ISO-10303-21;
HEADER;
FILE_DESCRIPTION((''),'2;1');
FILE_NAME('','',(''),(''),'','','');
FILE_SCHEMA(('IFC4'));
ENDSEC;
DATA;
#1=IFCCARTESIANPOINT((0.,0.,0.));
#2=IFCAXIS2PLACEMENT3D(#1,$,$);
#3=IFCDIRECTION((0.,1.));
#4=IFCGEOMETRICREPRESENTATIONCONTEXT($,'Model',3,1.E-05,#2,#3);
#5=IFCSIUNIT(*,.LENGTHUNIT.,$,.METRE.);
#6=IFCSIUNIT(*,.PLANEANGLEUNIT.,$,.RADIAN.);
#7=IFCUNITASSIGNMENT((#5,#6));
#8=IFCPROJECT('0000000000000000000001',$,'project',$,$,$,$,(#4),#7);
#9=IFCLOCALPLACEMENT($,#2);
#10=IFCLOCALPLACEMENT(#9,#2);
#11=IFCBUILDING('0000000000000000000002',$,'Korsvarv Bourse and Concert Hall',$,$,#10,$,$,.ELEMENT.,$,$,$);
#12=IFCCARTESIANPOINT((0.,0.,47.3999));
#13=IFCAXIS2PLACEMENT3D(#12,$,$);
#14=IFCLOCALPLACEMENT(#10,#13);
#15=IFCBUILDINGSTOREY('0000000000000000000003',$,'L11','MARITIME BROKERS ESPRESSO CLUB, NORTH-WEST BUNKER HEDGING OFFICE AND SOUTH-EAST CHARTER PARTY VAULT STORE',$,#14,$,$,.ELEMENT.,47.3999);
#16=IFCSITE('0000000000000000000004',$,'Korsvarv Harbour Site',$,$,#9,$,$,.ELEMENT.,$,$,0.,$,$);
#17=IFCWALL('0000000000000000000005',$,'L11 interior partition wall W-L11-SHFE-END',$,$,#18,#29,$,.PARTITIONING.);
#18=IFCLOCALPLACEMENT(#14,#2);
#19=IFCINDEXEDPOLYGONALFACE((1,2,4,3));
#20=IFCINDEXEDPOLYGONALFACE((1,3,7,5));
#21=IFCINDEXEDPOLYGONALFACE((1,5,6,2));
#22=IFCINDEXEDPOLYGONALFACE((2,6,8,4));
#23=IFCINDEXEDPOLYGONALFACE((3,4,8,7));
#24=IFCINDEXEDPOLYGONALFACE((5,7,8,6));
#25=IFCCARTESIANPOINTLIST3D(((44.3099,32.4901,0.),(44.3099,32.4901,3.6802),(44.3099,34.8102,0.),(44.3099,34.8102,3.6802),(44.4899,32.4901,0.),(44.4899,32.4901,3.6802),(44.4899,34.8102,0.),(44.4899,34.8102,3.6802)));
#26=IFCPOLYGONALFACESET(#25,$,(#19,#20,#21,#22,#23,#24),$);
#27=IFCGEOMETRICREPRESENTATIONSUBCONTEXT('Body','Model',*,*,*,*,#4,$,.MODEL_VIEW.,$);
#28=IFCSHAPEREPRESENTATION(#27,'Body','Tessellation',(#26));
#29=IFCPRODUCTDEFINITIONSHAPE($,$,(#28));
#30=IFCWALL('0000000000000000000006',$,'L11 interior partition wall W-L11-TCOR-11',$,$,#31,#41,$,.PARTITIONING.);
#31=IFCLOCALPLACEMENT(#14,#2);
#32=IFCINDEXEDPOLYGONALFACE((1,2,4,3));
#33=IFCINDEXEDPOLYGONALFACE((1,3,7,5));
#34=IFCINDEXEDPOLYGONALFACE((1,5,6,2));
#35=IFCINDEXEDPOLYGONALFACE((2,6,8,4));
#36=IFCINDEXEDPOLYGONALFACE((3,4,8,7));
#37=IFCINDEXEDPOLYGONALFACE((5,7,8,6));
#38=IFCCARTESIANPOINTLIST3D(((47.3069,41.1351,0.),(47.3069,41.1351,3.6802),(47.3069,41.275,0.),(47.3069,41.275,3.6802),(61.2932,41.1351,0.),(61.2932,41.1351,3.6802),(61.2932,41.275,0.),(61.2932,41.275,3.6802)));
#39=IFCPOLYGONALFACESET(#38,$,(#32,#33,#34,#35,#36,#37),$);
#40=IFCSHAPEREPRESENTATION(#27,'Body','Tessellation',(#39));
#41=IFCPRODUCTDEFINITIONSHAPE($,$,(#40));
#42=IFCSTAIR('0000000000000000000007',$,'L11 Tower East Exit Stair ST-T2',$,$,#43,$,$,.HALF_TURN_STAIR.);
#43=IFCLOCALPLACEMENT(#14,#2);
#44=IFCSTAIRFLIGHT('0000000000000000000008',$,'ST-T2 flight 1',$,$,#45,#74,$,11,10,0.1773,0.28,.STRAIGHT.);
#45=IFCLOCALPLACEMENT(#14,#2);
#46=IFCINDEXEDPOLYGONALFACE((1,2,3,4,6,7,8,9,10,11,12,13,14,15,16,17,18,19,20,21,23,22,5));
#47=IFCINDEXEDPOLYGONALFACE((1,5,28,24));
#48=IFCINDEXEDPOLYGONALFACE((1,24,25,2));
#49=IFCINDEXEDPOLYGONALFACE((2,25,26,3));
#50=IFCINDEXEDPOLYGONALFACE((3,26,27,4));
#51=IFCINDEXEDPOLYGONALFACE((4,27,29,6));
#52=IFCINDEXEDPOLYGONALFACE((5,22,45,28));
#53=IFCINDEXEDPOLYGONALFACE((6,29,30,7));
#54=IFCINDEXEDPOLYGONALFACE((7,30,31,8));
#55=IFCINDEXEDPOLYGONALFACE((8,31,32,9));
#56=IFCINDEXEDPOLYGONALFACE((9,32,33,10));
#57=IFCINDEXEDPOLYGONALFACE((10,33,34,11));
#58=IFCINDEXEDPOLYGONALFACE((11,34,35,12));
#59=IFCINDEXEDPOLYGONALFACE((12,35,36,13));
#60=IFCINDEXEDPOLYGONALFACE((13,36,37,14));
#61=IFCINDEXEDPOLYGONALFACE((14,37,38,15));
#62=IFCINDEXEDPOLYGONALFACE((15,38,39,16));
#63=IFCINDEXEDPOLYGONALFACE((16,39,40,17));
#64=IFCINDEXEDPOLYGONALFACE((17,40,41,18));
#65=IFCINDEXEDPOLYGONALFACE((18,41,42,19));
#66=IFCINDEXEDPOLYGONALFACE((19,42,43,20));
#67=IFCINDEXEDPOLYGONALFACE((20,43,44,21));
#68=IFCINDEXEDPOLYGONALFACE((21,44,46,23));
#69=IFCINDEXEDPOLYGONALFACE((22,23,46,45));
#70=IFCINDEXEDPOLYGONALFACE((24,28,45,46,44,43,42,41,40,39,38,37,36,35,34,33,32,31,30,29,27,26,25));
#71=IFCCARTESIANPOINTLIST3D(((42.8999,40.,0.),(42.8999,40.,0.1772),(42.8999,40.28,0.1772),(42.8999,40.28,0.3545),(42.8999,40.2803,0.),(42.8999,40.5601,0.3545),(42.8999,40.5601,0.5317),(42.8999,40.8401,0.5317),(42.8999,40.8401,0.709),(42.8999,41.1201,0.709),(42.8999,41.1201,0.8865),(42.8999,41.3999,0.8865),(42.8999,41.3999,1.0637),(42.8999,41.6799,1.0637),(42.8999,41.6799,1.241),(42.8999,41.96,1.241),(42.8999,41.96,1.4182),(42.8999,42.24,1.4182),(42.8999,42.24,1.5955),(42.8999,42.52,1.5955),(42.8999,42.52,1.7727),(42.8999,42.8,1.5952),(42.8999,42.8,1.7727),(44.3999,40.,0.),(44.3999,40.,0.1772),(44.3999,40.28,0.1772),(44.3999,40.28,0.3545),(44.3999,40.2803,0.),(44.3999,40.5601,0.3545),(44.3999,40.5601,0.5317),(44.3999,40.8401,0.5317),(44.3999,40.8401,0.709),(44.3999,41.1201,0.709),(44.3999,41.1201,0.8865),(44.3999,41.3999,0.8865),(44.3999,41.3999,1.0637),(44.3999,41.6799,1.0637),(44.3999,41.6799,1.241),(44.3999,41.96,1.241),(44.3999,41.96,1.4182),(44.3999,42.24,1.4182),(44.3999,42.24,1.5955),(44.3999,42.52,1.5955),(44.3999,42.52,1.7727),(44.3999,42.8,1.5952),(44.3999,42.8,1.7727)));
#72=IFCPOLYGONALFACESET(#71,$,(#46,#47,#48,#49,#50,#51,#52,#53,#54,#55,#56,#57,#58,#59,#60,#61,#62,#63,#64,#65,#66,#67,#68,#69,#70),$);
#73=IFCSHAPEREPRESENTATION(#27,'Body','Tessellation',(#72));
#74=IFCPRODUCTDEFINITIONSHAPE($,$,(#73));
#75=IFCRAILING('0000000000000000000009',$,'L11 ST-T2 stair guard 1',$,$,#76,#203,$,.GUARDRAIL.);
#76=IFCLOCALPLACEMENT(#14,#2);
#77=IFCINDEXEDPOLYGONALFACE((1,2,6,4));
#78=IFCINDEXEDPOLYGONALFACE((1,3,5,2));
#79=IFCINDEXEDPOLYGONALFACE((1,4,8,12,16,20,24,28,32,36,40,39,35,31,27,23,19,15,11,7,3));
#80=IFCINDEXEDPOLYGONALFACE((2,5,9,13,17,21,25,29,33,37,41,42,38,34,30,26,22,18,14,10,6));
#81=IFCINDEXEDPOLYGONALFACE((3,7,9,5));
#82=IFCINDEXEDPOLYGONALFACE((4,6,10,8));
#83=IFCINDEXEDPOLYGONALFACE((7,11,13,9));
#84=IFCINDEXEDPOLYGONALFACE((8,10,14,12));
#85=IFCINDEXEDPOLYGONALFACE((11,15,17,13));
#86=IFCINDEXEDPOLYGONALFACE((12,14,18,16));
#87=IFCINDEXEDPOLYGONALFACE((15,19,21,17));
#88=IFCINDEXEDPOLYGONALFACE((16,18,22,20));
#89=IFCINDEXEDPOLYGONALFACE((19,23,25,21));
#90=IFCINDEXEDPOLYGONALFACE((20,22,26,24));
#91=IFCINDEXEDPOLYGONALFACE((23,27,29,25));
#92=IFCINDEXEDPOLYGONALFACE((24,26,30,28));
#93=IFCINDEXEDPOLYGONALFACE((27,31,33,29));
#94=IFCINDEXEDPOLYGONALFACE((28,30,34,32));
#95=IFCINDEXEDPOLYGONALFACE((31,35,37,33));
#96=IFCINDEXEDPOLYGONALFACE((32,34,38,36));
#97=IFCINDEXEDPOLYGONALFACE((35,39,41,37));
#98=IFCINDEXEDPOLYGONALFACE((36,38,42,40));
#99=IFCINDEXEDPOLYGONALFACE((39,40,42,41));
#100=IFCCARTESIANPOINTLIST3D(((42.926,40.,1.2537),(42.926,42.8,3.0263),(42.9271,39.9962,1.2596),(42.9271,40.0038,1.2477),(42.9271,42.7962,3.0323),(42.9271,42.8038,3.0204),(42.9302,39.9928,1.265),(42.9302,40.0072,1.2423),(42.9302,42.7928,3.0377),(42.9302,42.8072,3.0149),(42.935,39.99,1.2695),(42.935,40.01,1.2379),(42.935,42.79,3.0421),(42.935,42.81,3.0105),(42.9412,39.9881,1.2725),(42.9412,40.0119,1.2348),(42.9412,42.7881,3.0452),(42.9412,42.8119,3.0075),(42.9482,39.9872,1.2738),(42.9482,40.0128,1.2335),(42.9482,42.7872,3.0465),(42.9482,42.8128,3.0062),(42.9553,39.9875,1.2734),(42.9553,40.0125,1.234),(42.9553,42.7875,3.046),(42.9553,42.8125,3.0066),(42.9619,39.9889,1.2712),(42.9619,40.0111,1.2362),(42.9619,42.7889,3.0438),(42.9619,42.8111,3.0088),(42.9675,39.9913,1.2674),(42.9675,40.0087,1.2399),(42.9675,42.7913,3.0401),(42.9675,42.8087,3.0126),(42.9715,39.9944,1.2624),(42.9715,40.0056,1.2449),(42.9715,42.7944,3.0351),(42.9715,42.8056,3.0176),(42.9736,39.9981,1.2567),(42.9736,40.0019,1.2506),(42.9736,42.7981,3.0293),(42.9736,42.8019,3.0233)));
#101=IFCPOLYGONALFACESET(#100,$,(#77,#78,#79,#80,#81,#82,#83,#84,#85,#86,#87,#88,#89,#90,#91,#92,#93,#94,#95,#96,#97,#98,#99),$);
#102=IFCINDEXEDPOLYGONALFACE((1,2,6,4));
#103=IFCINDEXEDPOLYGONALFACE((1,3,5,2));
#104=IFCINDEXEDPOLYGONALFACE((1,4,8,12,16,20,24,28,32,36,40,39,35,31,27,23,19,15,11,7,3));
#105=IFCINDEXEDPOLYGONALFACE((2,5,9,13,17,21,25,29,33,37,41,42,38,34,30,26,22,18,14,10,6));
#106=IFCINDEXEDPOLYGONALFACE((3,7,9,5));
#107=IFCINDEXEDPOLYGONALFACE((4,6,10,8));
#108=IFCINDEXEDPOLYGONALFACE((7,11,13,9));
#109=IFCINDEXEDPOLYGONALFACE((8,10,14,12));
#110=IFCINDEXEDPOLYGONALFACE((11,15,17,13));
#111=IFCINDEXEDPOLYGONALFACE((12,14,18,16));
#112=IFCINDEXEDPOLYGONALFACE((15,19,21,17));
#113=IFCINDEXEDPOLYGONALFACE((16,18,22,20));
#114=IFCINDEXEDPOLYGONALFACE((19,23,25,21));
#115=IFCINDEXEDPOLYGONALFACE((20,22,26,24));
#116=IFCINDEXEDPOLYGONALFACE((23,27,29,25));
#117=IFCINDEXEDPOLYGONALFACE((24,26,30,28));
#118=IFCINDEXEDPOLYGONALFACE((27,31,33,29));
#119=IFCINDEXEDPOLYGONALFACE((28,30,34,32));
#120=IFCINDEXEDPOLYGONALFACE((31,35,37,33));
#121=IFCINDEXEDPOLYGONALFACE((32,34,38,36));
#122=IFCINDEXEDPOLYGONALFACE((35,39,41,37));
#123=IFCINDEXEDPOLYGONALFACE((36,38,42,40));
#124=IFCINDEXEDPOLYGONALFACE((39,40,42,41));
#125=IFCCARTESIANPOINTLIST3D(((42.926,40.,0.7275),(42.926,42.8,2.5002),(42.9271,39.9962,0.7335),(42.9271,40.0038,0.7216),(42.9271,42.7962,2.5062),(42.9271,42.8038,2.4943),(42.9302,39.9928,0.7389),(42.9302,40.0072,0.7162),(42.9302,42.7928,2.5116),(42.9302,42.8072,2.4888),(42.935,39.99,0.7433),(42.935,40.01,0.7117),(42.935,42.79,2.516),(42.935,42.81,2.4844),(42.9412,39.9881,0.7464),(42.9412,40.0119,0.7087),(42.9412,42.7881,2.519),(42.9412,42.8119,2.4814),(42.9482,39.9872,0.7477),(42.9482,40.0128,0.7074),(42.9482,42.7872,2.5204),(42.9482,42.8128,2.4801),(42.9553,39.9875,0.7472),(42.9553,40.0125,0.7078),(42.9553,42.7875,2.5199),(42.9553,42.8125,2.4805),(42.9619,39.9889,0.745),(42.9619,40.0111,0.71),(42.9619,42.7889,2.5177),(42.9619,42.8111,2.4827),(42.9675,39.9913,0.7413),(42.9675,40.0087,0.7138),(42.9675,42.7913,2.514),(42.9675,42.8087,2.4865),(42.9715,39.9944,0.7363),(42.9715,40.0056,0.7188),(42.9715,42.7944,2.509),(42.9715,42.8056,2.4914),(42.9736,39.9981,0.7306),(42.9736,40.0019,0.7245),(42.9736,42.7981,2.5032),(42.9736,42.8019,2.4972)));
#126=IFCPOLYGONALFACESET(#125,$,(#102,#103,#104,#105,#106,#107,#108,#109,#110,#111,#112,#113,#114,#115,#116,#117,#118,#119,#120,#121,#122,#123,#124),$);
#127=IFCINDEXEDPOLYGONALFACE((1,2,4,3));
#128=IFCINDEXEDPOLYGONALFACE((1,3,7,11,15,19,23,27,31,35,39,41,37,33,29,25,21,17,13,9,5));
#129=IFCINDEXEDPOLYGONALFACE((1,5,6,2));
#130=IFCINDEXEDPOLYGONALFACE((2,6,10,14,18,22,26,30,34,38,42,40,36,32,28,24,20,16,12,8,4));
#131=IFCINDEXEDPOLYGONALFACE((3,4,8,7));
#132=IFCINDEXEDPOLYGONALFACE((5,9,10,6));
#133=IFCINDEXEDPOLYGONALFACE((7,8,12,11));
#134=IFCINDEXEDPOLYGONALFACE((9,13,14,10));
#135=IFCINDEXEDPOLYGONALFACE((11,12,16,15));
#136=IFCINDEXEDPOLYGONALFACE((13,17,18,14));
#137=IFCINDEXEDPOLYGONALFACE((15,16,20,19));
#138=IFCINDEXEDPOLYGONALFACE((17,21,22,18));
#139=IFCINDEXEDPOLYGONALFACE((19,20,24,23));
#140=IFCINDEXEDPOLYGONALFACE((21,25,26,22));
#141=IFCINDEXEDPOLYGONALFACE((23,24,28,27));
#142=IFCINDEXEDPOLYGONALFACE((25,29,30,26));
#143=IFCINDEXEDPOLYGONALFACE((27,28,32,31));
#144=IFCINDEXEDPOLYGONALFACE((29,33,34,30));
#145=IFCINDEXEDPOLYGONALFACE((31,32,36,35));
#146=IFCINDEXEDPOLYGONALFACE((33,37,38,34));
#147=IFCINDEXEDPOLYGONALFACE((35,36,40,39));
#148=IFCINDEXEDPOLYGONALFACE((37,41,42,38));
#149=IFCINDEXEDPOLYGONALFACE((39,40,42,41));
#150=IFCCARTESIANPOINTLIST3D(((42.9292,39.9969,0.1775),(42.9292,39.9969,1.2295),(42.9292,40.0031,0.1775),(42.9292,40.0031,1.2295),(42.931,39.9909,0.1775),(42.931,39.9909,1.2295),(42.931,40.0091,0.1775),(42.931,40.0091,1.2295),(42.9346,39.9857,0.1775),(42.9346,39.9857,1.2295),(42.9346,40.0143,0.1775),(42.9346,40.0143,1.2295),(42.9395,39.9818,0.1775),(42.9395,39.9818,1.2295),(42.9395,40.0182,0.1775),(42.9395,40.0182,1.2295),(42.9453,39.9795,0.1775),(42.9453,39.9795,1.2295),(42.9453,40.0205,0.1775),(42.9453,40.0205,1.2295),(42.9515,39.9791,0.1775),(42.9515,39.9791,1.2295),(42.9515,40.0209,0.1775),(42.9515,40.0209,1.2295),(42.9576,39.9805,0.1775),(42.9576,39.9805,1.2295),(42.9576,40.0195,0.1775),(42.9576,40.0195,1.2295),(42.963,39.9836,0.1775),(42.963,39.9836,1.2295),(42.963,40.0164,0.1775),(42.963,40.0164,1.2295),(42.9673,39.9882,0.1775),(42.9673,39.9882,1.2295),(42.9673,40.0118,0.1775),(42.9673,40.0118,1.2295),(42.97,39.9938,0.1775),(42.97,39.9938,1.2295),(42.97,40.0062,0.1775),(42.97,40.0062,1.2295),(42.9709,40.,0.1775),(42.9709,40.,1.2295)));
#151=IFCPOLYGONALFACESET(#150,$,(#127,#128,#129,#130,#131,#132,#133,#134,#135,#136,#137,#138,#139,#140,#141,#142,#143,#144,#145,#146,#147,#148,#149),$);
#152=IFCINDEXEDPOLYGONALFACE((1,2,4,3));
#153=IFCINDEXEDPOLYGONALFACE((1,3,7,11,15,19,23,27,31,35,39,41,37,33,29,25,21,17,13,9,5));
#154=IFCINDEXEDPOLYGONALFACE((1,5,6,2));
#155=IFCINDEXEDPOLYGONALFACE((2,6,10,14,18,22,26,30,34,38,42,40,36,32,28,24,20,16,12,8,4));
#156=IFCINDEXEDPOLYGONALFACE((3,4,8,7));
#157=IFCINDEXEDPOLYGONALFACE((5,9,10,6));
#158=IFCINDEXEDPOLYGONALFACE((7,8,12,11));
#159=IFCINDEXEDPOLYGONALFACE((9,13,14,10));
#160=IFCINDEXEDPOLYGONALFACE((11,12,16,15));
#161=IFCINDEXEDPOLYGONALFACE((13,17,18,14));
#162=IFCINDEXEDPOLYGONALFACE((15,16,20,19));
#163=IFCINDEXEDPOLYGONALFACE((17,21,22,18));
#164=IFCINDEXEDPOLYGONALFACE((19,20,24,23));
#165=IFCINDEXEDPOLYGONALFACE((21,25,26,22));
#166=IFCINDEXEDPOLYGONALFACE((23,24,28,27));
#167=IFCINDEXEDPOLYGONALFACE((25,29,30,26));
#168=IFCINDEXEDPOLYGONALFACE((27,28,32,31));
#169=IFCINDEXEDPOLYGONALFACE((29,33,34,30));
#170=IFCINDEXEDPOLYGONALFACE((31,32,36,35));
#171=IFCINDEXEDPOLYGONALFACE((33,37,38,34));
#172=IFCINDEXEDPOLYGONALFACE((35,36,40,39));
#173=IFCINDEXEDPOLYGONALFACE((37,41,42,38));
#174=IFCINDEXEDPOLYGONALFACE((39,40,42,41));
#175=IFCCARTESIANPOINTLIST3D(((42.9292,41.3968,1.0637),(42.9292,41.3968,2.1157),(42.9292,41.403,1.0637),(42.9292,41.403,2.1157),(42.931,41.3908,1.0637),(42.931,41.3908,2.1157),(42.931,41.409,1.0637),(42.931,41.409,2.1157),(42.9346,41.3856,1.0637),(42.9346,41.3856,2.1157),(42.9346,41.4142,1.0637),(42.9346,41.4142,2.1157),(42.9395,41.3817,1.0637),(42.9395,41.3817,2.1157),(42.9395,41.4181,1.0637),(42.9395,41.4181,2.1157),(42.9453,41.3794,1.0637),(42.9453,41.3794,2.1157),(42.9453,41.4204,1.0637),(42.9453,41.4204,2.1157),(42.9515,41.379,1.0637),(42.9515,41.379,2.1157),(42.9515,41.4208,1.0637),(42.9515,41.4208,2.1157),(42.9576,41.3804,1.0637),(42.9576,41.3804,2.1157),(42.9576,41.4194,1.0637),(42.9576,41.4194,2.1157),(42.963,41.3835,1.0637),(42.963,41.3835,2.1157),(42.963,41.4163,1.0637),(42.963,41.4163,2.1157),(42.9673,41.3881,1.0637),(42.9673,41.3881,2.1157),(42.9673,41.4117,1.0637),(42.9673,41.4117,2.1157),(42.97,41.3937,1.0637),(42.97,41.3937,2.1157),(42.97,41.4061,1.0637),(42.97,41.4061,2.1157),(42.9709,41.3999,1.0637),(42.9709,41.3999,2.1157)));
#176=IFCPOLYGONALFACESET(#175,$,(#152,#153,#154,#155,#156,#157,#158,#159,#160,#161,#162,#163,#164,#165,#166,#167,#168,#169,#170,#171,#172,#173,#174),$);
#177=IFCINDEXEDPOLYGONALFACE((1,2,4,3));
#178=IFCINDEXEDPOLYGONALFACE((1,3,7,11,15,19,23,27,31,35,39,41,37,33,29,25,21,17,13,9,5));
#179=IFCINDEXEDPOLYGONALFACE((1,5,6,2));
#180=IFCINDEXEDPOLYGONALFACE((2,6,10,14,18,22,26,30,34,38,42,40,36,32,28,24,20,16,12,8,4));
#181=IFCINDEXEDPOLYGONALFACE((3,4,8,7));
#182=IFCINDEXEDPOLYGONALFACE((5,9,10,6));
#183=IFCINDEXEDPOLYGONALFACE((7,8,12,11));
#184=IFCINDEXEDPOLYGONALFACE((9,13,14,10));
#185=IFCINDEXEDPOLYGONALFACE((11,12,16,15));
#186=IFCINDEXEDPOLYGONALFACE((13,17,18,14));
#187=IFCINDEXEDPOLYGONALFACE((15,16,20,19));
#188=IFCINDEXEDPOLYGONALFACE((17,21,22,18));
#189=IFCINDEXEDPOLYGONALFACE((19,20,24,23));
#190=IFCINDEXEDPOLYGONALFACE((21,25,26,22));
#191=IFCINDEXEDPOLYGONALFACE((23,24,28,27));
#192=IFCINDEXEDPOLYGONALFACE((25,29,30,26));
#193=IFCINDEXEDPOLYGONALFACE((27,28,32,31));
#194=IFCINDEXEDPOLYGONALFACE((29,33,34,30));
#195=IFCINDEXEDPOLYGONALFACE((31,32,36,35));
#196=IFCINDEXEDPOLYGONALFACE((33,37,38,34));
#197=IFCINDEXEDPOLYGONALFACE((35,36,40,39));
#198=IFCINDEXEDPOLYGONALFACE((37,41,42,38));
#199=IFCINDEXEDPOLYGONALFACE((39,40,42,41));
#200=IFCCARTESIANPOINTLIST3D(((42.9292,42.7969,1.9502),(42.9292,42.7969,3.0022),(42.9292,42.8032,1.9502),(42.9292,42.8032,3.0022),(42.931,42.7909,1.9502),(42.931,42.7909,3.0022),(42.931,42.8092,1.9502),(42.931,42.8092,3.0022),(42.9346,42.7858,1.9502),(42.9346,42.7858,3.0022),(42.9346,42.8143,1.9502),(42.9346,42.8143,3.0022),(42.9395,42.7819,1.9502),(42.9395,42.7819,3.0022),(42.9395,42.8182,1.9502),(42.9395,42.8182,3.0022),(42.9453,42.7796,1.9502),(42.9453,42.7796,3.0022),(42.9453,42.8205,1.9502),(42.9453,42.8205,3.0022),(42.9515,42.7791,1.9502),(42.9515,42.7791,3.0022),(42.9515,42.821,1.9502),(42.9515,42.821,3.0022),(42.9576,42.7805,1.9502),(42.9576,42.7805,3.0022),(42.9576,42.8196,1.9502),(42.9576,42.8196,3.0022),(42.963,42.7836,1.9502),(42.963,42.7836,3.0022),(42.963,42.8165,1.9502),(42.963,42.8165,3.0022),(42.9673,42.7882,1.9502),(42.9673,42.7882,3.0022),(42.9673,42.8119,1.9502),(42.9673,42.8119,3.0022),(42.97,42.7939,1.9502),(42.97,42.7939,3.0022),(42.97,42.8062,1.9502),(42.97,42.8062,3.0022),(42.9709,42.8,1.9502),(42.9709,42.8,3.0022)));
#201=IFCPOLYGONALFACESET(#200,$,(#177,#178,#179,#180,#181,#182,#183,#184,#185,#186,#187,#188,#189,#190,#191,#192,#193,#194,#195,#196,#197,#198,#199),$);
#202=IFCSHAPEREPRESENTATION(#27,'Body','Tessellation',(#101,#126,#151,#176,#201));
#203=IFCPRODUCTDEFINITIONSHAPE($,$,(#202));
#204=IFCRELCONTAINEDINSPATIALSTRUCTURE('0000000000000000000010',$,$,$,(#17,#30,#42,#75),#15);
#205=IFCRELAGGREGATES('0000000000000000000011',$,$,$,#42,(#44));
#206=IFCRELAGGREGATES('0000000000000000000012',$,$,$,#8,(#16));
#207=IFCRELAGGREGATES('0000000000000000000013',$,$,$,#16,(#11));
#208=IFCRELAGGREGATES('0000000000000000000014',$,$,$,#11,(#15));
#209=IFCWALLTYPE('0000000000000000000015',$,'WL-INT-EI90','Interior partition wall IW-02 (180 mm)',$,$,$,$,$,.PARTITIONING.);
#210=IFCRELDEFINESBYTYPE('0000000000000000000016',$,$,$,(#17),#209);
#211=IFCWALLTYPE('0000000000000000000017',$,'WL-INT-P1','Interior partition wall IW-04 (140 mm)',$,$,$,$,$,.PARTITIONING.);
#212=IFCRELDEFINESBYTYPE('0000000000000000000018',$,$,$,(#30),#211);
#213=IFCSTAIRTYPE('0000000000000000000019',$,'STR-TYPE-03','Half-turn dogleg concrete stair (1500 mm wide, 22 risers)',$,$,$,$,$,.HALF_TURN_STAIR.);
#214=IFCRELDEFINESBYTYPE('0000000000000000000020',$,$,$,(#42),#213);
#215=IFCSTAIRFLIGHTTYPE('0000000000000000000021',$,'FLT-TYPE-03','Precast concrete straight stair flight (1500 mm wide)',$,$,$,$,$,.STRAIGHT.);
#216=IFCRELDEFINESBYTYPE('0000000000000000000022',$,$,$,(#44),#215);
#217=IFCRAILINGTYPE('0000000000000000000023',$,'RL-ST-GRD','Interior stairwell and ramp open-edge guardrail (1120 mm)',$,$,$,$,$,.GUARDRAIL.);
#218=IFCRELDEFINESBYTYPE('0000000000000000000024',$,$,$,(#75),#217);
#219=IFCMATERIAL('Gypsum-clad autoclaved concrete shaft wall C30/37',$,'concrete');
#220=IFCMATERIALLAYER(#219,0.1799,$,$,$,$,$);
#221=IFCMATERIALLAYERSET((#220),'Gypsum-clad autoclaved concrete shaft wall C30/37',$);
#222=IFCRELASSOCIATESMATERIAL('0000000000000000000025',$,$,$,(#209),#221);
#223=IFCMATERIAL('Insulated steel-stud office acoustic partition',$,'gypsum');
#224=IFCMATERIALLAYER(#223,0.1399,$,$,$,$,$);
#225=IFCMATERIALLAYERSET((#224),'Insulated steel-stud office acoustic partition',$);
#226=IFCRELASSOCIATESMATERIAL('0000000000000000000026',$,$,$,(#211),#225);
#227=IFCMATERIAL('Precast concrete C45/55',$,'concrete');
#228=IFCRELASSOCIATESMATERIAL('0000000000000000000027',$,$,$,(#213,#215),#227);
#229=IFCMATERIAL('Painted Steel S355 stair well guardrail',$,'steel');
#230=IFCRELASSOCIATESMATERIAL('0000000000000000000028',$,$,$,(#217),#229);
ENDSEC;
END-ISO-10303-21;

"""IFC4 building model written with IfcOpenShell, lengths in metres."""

from ifc_helpers import new_model, si_unit, direction, frame, frame_2d, origin, origin_2d, place, context, subcontext, project, spatial, polyline, rectangle, circle, outline, extrude, material, layer, layer_set, type_object, element, aggregate, save


model = new_model("IFC4")

# Units and contexts
model_context = context("Model", 3, precision=1e-05, world=origin(), true_north=direction((0.0, 1.0)))
body_context = subcontext(model_context, "Body", "Model", "MODEL_VIEW")
ifc_project = project(units=[si_unit("LENGTHUNIT", "METRE"), si_unit("PLANEANGLEUNIT", "RADIAN")], contexts=[model_context])

# Site, building, storey
site_placement = place(None, origin())
site = spatial("IfcSite", under=ifc_project, at=site_placement, Name="Korsvarv Harbour Site", CompositionType="ELEMENT", RefElevation=0.0)
building_placement = place(site_placement, origin())
building = spatial("IfcBuilding", under=site, at=building_placement, Name="Korsvarv Bourse and Concert Hall", CompositionType="ELEMENT")
storey_placement = place(building_placement, frame((0.0, 0.0, 47.3999)))
storey = spatial("IfcBuildingStorey", under=building, at=storey_placement, Name="L11", Description="MARITIME BROKERS ESPRESSO CLUB, NORTH-WEST BUNKER HEDGING OFFICE AND SOUTH-EAST CHARTER PARTY VAULT STORE", CompositionType="ELEMENT", Elevation=47.3999)

# Walls
ifc_material_1 = material(Name="Gypsum-clad autoclaved concrete shaft wall C30/37", Category="concrete")
ifc_layer_1 = layer(ifc_material_1, 0.1799)
ifc_layer_set_1 = layer_set([ifc_layer_1], Name="Gypsum-clad autoclaved concrete shaft wall C30/37")
wall_type_1 = type_object("IfcWallType", Name="WL-INT-EI90", Description="Interior partition wall IW-02 (180 mm)", PredefinedType="PARTITIONING", material=ifc_layer_set_1)
wall_1_placement = place(storey_placement, frame((44.3999, 32.49, 0.0), z_axis=(0.0, 0.0, 1.0), x_axis=(0.0, 1.0, 0.0)))
element("IfcWall", 1, at=wall_1_placement, inside=storey, type_object=wall_type_1, Name="L11 interior partition wall W-L11-SHFE-END", PredefinedType="PARTITIONING", context=body_context, shape_type="SweptSolid", body=[
    extrude(rectangle(XDim=2.3201, YDim=0.1799, at=frame_2d((1.1602, 0.0))), origin(), (0.0, 0.0, 1.0), 3.6802),
])
ifc_material_2 = material(Name="Insulated steel-stud office acoustic partition", Category="gypsum")
ifc_layer_2 = layer(ifc_material_2, 0.1399)
ifc_layer_set_2 = layer_set([ifc_layer_2], Name="Insulated steel-stud office acoustic partition")
wall_type_2 = type_object("IfcWallType", Name="WL-INT-P1", Description="Interior partition wall IW-04 (140 mm)", PredefinedType="PARTITIONING", material=ifc_layer_set_2)
wall_2_placement = place(storey_placement, frame((47.3069, 41.2051, 0.0), z_axis=(0.0, 0.0, 1.0), x_axis=(1.0, 0.0, 0.0)))
element("IfcWall", 2, at=wall_2_placement, inside=storey, type_object=wall_type_2, Name="L11 interior partition wall W-L11-TCOR-11", PredefinedType="PARTITIONING", context=body_context, shape_type="SweptSolid", body=[
    extrude(rectangle(XDim=13.9863, YDim=0.1399, at=frame_2d((6.9932, 0.0))), origin(), (0.0, 0.0, 1.0), 3.6802),
])

# Stair, stair flight
ifc_material_3 = material(Name="Precast concrete C45/55", Category="concrete")
stair_type = type_object("IfcStairType", Name="STR-TYPE-03", Description="Half-turn dogleg concrete stair (1500 mm wide, 22 risers)", PredefinedType="HALF_TURN_STAIR", material=ifc_material_3)
stair_placement = place(storey_placement, origin())
stair = element("IfcStair", 3, at=stair_placement, inside=storey, type_object=stair_type, Name="L11 Tower East Exit Stair ST-T2", PredefinedType="HALF_TURN_STAIR")
stair_flight_type = type_object("IfcStairFlightType", Name="FLT-TYPE-03", Description="Precast concrete straight stair flight (1500 mm wide)", PredefinedType="STRAIGHT", material=ifc_material_3)
stair_flight_placement = place(storey_placement, frame((43.6499, 40.0, 0.0), z_axis=(0.0, 0.0, 1.0), x_axis=(0.0, 1.0, 0.0)))
stair_flight = element("IfcStairFlight", 4, at=stair_flight_placement, type_object=stair_flight_type, Name="ST-T2 flight 1", NumberOfRisers=11, NumberOfTreads=10, PredefinedType="STRAIGHT", RiserHeight=0.1773, TreadLength=0.28, context=body_context, shape_type="SweptSolid", body=[
    extrude(outline(polyline([(0.0, 0.0), (0.0, 0.1772), (0.28, 0.1772), (0.28, 0.3545), (0.5601, 0.3545), (0.5601, 0.5317), (0.8401, 0.5317), (0.8401, 0.709), (1.1201, 0.709), (1.1201, 0.8865), (1.3999, 0.8865), (1.3999, 1.0637), (1.6799, 1.0637), (1.6799, 1.241), (1.96, 1.241), (1.96, 1.4182), (2.24, 1.4182), (2.24, 1.5955), (2.52, 1.5955), (2.52, 1.7727), (2.8, 1.7727), (2.8, 1.95), (2.8, 1.5952), (0.2803, 0.0), (0.0, 0.0)])), frame((0.0, 0.75, 0.0), z_axis=(0.0, -1.0, 0.0), x_axis=(1.0, 0.0, 0.0)), (0.0, 0.0, 1.0), 1.5),
])
aggregate(stair, [stair_flight])

# Railing
ifc_material_4 = material(Name="Painted Steel S355 stair well guardrail", Category="steel")
railing_type_1 = type_object("IfcRailingType", Name="RL-ST-GRD", Description="Interior stairwell and ramp open-edge guardrail (1120 mm)", PredefinedType="GUARDRAIL", material=ifc_material_4)
railing_1_placement = place(storey_placement, frame((42.95, 40.0, 0.1775)))
element("IfcRailing", 5, at=railing_1_placement, inside=storey, type_object=railing_type_1, Name="L11 ST-T2 stair guard 1", PredefinedType="GUARDRAIL", context=body_context, shape_type="SweptSolid", body=[
    extrude(circle(Radius=0.0239, at=origin_2d()), frame((0.0, 0.0, 1.0762), z_axis=(0.0, 0.844909, 0.53491), x_axis=(-1.0, 0.0, 0.0)), (0.0, 0.0, 1.0), 3.314),
    extrude(circle(Radius=0.0239, at=origin_2d()), frame((0.0, 0.0, 0.55), z_axis=(0.0, 0.844909, 0.53491), x_axis=(-1.0, 0.0, 0.0)), (0.0, 0.0, 1.0), 3.314),
    extrude(circle(Radius=0.021, at=origin_2d()), origin(), (0.0, 0.0, 1.0), 1.052),
    extrude(circle(Radius=0.021, at=origin_2d()), frame((0.0, 1.3999, 0.8862)), (0.0, 0.0, 1.0), 1.052),
    extrude(circle(Radius=0.021, at=origin_2d()), frame((0.0, 2.8, 1.7727)), (0.0, 0.0, 1.0), 1.052),
])

save(model, "model.ifc")
